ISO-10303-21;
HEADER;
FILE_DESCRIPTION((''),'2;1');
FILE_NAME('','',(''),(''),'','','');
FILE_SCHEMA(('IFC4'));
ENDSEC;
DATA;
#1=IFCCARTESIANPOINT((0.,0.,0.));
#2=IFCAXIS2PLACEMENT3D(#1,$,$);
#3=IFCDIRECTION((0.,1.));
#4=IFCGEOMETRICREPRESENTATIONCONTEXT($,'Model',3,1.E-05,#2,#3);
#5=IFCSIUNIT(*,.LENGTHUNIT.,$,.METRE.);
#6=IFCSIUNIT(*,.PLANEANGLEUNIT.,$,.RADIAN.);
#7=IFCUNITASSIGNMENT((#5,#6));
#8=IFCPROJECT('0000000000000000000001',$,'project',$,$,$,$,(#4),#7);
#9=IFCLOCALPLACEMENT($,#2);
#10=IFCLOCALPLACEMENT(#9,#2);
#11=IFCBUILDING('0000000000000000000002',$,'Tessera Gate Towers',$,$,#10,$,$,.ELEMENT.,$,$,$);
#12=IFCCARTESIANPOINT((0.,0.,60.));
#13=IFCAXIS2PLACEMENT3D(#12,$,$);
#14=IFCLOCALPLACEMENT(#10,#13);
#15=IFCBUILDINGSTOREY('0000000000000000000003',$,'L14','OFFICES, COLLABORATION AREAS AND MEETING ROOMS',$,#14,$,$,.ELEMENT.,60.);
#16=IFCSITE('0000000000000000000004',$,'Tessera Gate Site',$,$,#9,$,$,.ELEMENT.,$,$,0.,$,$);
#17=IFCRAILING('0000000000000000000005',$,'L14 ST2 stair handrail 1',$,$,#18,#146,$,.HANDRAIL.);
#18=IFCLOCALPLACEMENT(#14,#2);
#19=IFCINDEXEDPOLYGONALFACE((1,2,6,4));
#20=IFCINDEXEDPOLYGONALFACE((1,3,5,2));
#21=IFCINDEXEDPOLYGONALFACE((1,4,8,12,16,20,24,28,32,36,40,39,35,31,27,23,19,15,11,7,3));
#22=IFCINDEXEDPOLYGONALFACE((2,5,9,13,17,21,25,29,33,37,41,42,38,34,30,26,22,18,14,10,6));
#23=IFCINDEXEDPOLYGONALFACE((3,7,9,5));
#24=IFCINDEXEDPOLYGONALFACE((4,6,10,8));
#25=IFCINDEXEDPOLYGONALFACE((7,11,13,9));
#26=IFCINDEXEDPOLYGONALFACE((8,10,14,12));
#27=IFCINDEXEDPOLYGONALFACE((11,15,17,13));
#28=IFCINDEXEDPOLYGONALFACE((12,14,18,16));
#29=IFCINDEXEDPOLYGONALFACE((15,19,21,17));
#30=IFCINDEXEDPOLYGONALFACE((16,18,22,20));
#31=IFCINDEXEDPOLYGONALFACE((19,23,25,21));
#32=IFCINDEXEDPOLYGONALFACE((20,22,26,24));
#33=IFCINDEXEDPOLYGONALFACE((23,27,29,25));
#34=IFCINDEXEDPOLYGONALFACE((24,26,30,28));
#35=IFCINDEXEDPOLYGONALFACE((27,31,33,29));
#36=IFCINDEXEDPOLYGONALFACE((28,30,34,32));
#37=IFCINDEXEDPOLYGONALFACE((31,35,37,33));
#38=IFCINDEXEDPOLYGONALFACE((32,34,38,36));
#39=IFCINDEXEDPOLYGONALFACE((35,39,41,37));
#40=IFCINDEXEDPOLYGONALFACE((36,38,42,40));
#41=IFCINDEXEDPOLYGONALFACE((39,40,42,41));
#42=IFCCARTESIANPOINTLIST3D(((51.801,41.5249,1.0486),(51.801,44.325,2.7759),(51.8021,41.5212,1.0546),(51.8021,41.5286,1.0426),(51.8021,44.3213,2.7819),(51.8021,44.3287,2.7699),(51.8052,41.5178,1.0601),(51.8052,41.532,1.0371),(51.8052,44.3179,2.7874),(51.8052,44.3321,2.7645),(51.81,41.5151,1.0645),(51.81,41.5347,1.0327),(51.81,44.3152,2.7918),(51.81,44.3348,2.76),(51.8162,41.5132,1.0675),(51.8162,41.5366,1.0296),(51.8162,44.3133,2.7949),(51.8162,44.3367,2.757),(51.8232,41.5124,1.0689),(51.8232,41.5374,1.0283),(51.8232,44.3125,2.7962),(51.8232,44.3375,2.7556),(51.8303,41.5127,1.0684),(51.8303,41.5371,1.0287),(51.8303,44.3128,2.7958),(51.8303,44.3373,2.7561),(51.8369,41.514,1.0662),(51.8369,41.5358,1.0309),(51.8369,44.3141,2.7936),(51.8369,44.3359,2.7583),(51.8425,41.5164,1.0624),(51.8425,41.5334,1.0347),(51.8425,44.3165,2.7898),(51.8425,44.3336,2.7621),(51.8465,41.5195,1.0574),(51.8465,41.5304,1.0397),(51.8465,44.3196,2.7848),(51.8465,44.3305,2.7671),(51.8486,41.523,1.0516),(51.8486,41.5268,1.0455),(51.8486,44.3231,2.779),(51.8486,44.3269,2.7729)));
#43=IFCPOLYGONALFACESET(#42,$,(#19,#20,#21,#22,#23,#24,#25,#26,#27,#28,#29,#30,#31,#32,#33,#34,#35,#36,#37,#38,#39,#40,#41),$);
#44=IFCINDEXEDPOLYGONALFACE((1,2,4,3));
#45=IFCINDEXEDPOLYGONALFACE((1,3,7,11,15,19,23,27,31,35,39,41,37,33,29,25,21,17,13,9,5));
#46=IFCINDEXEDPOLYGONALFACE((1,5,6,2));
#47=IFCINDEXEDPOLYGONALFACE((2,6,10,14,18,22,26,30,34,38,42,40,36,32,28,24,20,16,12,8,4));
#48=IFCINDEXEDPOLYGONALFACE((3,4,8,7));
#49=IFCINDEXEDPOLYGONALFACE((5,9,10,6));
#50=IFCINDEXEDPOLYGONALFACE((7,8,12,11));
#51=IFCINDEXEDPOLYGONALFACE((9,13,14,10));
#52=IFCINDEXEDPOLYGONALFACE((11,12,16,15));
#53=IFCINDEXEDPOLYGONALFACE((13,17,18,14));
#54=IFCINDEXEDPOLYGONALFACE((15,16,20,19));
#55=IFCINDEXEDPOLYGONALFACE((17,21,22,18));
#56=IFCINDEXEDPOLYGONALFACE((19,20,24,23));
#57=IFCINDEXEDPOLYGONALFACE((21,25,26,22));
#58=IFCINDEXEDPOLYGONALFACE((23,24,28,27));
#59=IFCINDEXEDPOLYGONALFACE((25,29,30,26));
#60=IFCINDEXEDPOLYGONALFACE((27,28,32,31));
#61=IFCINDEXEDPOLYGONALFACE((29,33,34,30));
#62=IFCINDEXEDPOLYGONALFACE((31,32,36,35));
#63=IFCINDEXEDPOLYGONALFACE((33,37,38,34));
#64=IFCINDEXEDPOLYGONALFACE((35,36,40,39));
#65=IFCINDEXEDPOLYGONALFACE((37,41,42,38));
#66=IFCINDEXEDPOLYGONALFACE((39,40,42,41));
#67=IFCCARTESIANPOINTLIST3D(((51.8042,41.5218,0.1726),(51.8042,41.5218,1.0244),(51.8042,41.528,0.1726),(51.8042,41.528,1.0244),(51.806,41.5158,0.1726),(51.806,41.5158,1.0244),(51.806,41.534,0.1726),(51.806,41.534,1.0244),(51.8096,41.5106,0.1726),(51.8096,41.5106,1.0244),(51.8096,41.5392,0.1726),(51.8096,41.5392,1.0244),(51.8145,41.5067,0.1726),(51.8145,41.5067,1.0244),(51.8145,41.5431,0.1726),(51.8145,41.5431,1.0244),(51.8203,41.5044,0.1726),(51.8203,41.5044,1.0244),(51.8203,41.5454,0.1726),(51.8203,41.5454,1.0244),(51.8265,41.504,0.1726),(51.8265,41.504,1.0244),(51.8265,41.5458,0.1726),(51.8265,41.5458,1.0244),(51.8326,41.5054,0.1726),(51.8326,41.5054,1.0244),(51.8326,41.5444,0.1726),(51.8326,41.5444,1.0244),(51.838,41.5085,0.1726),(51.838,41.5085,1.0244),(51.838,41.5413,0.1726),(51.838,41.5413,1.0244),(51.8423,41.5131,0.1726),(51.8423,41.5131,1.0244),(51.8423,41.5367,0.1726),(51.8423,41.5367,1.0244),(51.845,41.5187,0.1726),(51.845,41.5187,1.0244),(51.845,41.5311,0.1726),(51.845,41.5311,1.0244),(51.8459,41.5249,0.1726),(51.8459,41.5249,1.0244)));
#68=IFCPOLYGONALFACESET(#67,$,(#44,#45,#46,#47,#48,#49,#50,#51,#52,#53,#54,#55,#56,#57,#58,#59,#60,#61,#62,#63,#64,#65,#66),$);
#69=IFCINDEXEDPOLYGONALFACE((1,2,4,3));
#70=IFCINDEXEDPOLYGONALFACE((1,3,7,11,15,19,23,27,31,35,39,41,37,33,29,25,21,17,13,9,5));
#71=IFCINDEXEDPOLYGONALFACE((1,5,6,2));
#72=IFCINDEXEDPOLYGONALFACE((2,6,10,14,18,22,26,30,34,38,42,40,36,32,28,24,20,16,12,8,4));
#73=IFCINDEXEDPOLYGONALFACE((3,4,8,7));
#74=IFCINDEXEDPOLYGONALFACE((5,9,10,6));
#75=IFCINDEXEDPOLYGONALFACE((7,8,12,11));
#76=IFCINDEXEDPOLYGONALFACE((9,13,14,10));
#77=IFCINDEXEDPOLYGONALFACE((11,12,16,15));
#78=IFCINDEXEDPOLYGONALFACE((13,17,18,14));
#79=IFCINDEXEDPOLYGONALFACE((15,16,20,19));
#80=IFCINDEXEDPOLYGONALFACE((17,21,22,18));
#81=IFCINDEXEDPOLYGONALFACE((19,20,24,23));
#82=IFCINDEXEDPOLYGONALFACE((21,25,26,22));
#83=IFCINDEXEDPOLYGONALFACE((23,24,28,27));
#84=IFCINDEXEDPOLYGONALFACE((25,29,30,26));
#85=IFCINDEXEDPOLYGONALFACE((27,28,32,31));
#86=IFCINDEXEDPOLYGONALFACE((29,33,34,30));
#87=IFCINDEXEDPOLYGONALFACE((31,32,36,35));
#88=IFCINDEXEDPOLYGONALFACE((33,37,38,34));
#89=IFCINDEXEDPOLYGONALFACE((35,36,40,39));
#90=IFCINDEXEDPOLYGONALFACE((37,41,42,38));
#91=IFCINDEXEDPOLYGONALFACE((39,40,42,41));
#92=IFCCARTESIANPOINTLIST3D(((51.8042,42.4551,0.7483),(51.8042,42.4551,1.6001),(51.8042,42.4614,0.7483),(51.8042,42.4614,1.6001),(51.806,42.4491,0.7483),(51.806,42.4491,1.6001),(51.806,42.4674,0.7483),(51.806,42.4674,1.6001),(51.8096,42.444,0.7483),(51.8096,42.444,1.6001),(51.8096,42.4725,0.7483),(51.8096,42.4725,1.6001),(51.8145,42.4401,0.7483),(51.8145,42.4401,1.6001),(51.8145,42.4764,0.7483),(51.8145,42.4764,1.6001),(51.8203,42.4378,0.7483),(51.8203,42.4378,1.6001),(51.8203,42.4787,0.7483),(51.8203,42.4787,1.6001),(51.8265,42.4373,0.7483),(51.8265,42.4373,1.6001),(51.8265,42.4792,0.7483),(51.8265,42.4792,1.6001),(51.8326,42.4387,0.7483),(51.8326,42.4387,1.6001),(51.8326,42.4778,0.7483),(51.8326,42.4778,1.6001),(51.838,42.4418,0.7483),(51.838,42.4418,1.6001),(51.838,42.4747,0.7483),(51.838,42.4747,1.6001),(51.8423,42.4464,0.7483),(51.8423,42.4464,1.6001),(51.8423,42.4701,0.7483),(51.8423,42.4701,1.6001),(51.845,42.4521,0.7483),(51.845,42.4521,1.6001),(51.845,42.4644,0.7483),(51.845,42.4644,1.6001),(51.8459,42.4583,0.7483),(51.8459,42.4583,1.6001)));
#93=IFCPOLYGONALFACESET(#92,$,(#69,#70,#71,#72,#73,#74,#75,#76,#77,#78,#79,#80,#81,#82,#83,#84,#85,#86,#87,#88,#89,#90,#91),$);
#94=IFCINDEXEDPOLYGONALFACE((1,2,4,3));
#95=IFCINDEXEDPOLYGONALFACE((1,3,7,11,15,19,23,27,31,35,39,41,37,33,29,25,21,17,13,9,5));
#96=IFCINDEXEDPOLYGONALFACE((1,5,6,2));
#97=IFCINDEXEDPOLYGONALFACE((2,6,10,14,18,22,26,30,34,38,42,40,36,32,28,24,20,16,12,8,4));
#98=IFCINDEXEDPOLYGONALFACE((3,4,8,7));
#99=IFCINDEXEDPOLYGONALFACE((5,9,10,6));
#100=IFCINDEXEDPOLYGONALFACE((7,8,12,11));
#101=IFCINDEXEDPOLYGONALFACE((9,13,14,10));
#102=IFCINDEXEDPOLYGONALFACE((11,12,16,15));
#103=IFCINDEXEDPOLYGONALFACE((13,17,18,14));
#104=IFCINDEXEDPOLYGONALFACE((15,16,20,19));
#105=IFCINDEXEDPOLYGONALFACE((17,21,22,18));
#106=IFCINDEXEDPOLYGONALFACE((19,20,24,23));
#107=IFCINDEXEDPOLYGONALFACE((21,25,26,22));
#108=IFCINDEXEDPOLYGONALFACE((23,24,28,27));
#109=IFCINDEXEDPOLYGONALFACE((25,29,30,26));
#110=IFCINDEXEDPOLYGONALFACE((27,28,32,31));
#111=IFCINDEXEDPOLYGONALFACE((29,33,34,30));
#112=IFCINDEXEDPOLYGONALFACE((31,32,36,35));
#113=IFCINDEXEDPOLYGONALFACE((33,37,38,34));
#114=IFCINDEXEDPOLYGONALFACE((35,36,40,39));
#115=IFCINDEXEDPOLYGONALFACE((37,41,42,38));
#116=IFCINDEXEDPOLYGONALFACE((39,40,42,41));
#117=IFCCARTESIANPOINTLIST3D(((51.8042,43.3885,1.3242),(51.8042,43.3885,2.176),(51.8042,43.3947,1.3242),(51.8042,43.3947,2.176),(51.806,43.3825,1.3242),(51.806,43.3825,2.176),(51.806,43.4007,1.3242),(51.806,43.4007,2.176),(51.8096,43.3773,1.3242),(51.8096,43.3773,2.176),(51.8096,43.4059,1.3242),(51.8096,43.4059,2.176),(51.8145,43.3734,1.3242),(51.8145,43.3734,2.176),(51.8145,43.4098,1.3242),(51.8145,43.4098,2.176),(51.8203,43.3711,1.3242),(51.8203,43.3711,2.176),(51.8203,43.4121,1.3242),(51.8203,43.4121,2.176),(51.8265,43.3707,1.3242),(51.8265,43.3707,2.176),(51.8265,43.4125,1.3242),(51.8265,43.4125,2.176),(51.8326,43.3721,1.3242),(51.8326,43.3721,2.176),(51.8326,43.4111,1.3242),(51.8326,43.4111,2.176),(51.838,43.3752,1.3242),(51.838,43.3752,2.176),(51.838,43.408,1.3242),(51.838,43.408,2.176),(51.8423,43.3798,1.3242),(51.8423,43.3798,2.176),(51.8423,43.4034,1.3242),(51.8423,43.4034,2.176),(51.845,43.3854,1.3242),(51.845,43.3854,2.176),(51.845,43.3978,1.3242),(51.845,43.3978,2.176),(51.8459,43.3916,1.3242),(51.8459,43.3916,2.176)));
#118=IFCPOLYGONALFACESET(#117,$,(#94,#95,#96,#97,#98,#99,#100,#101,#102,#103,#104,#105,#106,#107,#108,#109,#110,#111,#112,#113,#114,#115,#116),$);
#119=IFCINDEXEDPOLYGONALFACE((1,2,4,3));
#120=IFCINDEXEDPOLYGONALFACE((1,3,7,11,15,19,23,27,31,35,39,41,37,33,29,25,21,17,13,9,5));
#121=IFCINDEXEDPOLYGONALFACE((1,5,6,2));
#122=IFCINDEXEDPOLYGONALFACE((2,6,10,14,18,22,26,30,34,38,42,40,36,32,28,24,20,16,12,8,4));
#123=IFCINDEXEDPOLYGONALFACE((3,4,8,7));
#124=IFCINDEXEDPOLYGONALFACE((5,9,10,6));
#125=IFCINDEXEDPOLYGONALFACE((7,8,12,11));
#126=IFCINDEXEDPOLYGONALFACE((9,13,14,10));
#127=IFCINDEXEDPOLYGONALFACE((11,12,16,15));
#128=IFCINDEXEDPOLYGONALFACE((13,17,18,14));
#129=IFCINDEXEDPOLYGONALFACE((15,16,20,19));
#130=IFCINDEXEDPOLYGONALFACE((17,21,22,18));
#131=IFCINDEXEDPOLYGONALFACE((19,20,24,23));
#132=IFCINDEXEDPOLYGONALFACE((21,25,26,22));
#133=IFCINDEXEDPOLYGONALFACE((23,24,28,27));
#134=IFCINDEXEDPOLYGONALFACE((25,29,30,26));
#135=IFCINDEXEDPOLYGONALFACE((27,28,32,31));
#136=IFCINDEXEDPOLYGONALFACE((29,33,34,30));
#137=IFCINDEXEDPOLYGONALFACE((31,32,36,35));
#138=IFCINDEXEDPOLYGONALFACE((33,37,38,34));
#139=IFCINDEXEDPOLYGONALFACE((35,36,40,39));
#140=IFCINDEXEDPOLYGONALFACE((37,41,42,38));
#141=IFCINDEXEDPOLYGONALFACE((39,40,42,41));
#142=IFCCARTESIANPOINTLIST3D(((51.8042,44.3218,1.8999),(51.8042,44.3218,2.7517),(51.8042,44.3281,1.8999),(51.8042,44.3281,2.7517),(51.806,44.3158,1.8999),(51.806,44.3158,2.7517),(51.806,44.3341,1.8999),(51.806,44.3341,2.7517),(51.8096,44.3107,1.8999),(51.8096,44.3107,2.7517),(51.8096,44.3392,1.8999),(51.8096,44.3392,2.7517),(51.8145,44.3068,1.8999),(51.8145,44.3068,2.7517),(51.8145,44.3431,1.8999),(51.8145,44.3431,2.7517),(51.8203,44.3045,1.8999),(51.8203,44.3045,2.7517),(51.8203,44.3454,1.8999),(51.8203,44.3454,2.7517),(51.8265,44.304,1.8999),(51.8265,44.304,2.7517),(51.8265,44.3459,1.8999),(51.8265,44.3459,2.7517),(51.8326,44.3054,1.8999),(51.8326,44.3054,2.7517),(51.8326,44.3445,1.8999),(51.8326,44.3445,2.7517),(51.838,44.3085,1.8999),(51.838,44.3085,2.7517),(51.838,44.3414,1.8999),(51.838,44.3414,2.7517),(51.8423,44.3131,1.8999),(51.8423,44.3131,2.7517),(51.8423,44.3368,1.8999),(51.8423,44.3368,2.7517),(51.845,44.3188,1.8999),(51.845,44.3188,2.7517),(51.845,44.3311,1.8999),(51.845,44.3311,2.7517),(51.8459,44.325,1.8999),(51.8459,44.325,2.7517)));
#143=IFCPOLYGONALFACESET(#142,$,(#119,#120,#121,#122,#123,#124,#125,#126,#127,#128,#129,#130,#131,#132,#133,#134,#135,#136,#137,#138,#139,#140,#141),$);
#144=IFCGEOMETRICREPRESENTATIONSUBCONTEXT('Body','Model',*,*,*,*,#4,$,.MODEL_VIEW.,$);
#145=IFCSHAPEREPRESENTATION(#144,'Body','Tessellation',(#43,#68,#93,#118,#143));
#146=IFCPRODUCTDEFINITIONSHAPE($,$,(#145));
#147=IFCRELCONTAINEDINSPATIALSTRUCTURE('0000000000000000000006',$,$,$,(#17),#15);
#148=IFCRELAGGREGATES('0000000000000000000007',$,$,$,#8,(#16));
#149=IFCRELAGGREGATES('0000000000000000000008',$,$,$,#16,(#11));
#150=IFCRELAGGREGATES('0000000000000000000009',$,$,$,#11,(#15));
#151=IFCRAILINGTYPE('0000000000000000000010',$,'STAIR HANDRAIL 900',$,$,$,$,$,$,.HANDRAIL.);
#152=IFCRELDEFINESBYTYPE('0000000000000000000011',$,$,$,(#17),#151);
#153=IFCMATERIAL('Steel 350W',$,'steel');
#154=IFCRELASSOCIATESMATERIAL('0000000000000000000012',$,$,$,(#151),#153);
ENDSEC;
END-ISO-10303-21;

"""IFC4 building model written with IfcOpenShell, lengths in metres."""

from ifc_helpers import new_model, si_unit, direction, frame, origin, origin_2d, place, context, subcontext, project, spatial, circle, extrude, material, type_object, element, save


model = new_model("IFC4")

# Units and contexts
model_context = context("Model", 3, precision=1e-05, world=origin(), true_north=direction((0.0, 1.0)))
body_context = subcontext(model_context, "Body", "Model", "MODEL_VIEW")
ifc_project = project(units=[si_unit("LENGTHUNIT", "METRE"), si_unit("PLANEANGLEUNIT", "RADIAN")], contexts=[model_context])

# Site, building, storey
site_placement = place(None, origin())
site = spatial("IfcSite", under=ifc_project, at=site_placement, Name="Tessera Gate Site", CompositionType="ELEMENT", RefElevation=0.0)
building_placement = place(site_placement, origin())
building = spatial("IfcBuilding", under=site, at=building_placement, Name="Tessera Gate Towers", CompositionType="ELEMENT")
storey_placement = place(building_placement, frame((0.0, 0.0, 60.0)))
storey = spatial("IfcBuildingStorey", under=building, at=storey_placement, Name="L14", Description="OFFICES, COLLABORATION AREAS AND MEETING ROOMS", CompositionType="ELEMENT", Elevation=60.0)

# Railing
ifc_material_1 = material(Name="Steel 350W", Category="steel")
railing_type_1 = type_object("IfcRailingType", Name="STAIR HANDRAIL 900", PredefinedType="HANDRAIL", material=ifc_material_1)
railing_1_placement = place(storey_placement, frame((51.825, 41.5249, 0.1726)))
element("IfcRailing", 1, at=railing_1_placement, inside=storey, type_object=railing_type_1, Name="L14 ST2 stair handrail 1", PredefinedType="HANDRAIL", context=body_context, shape_type="SweptSolid", body=[
    extrude(circle(Radius=0.0239, at=origin_2d()), frame((0.0, 0.0, 0.876), z_axis=(0.0, 0.85109, 0.52502), x_axis=(-1.0, 0.0, 0.0)), (0.0, 0.0, 1.0), 3.29),
    extrude(circle(Radius=0.021, at=origin_2d()), origin(), (0.0, 0.0, 1.0), 0.8518),
    extrude(circle(Radius=0.021, at=origin_2d()), frame((0.0, 0.9333, 0.5757)), (0.0, 0.0, 1.0), 0.8518),
    extrude(circle(Radius=0.021, at=origin_2d()), frame((0.0, 1.8667, 1.1516)), (0.0, 0.0, 1.0), 0.8518),
    extrude(circle(Radius=0.021, at=origin_2d()), frame((0.0, 2.8, 1.7273)), (0.0, 0.0, 1.0), 0.8518),
])

save(model, "model.ifc")
